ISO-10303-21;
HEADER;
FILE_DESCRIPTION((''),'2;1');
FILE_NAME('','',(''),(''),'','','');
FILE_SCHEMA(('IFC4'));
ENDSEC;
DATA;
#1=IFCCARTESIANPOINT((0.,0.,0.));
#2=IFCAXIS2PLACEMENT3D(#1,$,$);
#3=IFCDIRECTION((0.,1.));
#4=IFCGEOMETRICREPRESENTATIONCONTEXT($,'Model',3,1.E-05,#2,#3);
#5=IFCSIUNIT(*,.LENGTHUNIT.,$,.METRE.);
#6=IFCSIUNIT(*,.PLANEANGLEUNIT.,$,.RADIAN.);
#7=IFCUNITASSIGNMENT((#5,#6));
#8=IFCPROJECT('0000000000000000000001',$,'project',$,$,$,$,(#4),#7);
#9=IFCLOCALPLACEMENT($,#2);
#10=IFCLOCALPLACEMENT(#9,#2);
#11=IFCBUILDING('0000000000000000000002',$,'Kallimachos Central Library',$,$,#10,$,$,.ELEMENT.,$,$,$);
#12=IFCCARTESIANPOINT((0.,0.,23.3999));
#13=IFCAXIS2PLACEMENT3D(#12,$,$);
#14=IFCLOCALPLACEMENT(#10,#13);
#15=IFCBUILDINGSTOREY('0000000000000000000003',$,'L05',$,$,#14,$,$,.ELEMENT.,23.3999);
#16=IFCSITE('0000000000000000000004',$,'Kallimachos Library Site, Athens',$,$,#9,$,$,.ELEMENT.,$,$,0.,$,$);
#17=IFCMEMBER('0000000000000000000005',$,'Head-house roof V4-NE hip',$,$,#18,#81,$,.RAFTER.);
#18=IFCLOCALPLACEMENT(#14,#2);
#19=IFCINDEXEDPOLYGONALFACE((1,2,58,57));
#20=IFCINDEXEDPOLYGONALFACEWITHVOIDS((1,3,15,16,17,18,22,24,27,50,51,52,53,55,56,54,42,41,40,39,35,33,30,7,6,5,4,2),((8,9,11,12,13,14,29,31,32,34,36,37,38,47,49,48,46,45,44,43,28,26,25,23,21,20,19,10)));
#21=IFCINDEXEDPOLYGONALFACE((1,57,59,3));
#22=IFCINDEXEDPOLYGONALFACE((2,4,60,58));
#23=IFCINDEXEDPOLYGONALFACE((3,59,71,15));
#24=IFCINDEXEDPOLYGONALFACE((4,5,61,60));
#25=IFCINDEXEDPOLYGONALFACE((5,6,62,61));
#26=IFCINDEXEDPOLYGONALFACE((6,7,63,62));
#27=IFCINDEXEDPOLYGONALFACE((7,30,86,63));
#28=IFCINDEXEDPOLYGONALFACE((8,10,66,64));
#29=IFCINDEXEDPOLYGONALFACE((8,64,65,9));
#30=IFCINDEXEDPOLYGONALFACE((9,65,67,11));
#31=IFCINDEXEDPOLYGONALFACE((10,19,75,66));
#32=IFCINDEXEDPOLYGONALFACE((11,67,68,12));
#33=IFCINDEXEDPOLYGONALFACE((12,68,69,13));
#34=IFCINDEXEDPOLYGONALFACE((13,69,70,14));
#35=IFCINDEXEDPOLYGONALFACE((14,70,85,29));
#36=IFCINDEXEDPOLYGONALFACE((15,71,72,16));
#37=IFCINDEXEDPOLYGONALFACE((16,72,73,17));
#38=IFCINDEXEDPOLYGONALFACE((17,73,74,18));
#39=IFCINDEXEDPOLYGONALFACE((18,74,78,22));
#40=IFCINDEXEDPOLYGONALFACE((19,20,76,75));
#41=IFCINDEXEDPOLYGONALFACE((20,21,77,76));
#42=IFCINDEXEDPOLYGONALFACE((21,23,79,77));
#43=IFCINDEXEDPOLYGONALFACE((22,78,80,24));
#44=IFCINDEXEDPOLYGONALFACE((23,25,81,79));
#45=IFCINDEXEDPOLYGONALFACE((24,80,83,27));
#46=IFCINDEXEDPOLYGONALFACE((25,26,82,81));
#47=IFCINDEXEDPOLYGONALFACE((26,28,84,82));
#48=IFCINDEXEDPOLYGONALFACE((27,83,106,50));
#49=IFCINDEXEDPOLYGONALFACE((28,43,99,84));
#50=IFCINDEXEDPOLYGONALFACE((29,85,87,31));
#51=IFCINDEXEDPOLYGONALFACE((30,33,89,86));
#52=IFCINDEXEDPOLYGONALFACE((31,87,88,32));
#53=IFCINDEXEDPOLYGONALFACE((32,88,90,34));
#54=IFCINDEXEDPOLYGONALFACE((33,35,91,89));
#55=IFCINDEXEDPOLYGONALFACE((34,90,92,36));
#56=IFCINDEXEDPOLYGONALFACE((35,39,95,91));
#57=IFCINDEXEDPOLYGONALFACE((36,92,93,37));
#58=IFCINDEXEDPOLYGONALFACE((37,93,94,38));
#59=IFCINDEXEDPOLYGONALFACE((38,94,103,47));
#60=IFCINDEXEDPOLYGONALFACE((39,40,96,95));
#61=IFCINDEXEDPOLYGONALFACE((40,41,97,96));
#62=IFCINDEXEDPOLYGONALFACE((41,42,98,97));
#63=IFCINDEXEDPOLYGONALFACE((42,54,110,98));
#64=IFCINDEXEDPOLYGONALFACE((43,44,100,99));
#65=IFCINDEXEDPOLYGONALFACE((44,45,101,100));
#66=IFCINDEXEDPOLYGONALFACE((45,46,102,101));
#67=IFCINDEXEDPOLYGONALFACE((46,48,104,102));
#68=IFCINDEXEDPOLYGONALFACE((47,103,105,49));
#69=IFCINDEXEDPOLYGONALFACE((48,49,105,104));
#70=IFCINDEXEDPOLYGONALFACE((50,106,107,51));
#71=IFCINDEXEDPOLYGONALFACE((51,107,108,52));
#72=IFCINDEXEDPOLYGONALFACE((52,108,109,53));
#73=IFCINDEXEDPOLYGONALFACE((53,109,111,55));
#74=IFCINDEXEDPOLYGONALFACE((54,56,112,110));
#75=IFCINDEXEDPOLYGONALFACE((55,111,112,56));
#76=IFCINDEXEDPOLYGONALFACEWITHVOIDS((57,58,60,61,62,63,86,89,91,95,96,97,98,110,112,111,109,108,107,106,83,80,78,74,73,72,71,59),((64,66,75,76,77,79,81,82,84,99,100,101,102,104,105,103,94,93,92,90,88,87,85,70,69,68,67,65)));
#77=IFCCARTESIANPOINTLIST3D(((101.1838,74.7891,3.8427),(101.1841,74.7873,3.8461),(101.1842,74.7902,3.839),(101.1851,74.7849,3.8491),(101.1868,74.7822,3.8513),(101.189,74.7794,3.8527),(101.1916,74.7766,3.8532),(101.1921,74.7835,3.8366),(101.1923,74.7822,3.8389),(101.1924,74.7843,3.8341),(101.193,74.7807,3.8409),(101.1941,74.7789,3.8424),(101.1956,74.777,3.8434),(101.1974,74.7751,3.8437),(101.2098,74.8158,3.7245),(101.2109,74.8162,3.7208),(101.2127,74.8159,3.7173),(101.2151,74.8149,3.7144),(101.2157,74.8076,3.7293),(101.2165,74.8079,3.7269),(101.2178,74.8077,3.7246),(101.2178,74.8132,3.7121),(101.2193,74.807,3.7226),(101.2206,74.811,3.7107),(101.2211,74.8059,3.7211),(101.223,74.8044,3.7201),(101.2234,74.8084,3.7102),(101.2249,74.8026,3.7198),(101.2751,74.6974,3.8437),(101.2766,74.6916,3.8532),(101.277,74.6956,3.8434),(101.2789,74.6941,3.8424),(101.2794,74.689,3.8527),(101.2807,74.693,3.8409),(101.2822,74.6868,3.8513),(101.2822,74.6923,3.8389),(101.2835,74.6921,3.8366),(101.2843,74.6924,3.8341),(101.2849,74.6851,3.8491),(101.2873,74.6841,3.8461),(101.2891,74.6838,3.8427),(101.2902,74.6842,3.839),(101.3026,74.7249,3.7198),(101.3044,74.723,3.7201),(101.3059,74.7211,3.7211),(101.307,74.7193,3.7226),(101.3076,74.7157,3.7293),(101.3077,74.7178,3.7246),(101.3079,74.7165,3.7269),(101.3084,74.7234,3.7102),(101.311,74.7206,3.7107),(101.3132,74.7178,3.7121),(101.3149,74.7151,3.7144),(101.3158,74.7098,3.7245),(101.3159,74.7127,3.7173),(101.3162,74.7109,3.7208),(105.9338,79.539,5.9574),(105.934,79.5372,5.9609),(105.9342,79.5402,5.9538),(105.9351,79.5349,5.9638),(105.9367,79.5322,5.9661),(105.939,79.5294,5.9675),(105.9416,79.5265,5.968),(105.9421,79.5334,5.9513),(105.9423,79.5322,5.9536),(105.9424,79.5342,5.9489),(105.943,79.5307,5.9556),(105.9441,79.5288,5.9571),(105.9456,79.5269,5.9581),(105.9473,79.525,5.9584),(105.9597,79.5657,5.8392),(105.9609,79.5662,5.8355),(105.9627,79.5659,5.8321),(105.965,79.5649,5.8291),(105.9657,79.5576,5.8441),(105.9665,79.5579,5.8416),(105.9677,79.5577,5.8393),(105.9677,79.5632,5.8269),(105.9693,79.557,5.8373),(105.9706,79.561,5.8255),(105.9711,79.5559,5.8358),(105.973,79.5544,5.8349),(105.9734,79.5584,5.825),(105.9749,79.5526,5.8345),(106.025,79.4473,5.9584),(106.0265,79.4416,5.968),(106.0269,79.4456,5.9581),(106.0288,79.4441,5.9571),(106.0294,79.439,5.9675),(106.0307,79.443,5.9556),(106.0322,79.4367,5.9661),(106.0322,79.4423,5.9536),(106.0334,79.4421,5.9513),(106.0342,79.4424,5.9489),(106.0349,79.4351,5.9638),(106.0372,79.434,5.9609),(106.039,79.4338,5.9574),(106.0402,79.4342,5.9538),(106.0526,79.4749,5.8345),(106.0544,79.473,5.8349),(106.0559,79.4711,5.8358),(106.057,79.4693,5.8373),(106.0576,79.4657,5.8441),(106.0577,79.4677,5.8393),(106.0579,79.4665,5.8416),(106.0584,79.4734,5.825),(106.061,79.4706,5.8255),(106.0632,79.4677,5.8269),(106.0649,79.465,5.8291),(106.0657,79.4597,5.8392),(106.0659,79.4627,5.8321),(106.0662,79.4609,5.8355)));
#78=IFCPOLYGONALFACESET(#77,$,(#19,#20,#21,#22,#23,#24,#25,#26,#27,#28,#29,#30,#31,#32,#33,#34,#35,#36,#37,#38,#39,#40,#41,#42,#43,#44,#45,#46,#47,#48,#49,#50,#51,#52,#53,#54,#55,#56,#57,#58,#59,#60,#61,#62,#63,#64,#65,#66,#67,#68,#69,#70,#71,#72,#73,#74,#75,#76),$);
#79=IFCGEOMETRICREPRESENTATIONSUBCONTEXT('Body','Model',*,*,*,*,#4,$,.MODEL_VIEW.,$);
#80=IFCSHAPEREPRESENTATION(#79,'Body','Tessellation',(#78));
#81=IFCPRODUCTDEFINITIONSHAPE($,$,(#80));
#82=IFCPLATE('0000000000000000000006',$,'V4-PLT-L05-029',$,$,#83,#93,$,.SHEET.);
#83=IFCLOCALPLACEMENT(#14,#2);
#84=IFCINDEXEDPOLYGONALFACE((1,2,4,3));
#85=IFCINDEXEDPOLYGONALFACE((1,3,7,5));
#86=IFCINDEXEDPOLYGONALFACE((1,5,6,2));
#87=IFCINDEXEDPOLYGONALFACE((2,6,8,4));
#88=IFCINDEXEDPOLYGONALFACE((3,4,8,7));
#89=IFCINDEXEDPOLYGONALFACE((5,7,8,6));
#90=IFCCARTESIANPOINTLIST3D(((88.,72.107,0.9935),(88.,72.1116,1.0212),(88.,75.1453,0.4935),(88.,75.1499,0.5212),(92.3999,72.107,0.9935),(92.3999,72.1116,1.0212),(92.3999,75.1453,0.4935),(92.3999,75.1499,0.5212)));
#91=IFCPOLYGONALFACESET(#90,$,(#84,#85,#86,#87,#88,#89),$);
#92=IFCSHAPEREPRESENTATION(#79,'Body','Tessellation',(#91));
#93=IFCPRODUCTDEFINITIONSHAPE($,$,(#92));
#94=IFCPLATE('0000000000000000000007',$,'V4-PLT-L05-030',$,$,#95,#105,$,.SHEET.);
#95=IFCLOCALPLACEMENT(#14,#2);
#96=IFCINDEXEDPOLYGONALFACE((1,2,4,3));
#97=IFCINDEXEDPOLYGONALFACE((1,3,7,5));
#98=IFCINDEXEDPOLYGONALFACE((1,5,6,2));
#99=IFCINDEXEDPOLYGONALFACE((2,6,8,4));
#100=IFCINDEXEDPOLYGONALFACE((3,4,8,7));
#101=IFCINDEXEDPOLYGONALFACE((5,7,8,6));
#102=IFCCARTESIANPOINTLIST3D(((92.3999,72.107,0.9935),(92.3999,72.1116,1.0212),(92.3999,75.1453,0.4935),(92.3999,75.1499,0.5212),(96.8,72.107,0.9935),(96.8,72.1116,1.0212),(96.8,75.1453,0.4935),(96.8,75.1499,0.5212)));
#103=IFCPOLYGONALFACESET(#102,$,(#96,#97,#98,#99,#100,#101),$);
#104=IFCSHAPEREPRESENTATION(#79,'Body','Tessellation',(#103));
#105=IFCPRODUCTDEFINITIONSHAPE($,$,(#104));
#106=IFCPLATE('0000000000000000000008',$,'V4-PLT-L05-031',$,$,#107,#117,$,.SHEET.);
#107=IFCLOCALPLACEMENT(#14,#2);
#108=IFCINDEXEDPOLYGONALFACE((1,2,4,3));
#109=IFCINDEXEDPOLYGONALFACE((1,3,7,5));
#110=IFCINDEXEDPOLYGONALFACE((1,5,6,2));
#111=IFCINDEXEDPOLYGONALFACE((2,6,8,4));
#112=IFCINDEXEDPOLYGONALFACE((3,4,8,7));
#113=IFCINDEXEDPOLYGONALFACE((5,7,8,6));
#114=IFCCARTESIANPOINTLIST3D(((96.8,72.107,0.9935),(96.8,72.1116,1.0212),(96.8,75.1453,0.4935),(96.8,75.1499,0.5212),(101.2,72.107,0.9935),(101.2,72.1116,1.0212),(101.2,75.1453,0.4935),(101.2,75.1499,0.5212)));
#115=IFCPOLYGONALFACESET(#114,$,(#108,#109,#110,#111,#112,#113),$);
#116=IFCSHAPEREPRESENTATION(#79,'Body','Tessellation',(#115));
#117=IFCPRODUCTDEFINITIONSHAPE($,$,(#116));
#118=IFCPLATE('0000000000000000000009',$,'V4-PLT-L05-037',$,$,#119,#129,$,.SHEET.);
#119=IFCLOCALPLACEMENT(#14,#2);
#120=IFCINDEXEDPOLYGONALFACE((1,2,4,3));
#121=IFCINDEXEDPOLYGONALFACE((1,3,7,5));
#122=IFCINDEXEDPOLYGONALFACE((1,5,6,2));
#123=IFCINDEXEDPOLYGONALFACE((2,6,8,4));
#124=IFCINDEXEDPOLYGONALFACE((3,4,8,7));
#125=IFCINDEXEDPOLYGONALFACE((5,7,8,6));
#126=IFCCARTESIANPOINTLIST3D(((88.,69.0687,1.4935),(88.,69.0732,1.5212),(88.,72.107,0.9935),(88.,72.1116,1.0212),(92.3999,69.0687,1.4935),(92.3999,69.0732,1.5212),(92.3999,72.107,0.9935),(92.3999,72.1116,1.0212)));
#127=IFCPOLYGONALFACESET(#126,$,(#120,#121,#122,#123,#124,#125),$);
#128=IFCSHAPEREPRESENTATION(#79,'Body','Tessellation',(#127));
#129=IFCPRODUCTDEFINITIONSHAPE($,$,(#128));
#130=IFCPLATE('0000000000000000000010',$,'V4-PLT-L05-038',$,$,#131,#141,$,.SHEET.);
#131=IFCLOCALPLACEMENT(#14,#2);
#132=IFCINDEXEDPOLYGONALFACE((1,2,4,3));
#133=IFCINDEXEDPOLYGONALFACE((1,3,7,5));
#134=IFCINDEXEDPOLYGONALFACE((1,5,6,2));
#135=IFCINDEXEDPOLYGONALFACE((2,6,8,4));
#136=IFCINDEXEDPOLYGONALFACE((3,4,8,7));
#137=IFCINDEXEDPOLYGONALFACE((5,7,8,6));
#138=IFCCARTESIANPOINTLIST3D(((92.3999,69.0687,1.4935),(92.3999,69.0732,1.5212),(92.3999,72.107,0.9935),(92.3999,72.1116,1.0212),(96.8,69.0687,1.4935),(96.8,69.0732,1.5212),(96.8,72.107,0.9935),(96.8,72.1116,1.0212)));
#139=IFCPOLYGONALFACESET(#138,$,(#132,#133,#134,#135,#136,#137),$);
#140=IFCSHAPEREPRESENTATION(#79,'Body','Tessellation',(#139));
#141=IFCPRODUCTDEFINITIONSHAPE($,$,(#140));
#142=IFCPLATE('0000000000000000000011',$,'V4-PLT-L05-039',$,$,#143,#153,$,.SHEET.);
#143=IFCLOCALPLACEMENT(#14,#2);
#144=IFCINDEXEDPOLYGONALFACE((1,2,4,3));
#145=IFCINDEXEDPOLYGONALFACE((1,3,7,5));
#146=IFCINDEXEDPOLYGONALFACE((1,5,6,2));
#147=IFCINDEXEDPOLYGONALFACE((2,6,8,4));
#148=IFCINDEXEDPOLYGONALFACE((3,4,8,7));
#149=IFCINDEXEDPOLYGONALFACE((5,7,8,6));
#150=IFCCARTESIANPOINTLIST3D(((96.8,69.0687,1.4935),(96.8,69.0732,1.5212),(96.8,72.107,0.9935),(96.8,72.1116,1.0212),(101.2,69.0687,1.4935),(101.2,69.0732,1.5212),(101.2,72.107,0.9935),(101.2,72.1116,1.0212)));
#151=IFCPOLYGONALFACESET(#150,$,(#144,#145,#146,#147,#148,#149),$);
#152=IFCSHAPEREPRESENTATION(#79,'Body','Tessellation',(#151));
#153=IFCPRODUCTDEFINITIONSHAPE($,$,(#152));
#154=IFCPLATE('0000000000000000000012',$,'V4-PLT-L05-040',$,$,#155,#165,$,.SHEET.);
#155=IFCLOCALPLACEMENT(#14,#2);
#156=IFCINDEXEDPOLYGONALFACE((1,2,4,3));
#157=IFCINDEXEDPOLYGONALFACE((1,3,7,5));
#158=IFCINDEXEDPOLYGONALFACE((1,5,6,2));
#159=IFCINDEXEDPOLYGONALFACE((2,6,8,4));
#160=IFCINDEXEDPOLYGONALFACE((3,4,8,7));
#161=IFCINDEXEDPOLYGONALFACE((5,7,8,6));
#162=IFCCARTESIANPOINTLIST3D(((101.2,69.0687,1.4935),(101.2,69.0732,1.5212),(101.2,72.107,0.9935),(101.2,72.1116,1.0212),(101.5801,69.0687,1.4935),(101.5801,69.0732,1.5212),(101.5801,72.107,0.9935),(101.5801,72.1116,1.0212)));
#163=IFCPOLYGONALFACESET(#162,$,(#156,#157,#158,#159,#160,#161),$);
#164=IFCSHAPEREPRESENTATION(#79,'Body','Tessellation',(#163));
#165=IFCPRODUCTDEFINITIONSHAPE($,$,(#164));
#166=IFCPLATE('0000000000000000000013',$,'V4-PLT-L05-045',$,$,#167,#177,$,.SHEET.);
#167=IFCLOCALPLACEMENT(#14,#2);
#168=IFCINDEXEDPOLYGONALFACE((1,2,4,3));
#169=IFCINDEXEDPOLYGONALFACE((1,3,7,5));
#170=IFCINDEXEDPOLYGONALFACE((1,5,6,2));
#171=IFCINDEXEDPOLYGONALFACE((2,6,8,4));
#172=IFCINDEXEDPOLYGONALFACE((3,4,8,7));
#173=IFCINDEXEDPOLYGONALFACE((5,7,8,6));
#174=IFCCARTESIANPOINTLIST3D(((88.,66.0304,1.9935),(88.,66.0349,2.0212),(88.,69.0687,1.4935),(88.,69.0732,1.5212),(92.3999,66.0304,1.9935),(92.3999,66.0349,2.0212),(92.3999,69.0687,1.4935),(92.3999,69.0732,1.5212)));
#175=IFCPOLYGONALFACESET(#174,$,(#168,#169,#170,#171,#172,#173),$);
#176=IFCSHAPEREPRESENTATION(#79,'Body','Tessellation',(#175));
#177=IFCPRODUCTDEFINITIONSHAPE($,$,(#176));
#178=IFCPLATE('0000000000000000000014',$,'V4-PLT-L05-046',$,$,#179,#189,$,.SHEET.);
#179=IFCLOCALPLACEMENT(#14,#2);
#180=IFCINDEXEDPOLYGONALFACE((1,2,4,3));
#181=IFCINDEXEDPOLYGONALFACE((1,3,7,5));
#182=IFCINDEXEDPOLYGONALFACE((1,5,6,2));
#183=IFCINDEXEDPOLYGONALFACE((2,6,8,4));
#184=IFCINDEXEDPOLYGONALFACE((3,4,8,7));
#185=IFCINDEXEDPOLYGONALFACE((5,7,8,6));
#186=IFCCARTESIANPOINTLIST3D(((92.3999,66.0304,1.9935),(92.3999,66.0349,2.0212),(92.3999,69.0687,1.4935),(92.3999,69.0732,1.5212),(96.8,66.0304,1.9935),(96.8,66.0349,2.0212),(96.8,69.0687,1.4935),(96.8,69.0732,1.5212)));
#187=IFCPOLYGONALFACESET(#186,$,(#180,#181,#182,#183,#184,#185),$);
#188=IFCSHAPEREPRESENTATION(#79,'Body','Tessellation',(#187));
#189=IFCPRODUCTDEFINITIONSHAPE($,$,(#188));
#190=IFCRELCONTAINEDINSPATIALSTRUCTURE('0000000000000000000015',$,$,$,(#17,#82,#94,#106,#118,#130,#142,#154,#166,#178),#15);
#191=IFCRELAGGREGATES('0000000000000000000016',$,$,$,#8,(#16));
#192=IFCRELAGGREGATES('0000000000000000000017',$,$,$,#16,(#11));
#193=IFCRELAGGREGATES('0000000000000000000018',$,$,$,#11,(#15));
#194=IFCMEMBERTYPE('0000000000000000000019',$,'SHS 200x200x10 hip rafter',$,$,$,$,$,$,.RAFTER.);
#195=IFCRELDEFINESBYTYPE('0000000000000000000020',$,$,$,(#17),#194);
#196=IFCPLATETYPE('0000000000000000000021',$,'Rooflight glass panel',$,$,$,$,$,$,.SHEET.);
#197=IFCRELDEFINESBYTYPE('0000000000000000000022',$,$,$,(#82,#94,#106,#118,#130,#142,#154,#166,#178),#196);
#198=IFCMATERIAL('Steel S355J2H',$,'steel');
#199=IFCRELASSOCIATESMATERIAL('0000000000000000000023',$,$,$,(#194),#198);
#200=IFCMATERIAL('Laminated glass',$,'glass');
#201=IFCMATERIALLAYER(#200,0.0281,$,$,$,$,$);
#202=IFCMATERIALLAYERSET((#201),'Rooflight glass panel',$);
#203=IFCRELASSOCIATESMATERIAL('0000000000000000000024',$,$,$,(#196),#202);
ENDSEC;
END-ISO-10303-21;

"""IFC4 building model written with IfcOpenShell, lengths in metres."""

from ifc_helpers import new_model, si_unit, direction, frame, origin, origin_2d, place, context, subcontext, project, spatial, polyline, hollow_rectangle, outline, extrude, material, layer, layer_set, material_profile, profile_set, type_object, element, save


model = new_model("IFC4")

# Units and contexts
model_context = context("Model", 3, precision=1e-05, world=origin(), true_north=direction((0.0, 1.0)))
body_context = subcontext(model_context, "Body", "Model", "MODEL_VIEW")
ifc_project = project(units=[si_unit("LENGTHUNIT", "METRE"), si_unit("PLANEANGLEUNIT", "RADIAN")], contexts=[model_context])

# Site, building, storey
site_placement = place(None, origin())
site = spatial("IfcSite", under=ifc_project, at=site_placement, Name="Kallimachos Library Site, Athens", CompositionType="ELEMENT", RefElevation=0.0)
building_placement = place(site_placement, origin())
building = spatial("IfcBuilding", under=site, at=building_placement, Name="Kallimachos Central Library", CompositionType="ELEMENT")
storey_placement = place(building_placement, frame((0.0, 0.0, 23.3999)))
storey = spatial("IfcBuildingStorey", under=building, at=storey_placement, Name="L05", CompositionType="ELEMENT", Elevation=23.3999)

# Member
ifc_material_1 = material(Name="Steel S355J2H", Category="steel")
ifc_material_profile_1 = material_profile(ifc_material_1, hollow_rectangle(XDim=0.1499, YDim=0.1499, WallThickness=0.01, InnerFilletRadius=0.01, OuterFilletRadius=0.0149, at=origin_2d()), Name="SHS 150x150x10")
ifc_profile_set_1 = profile_set([ifc_material_profile_1], Name="Steel S355J2H")
member_type_1 = type_object("IfcMemberType", Name="SHS 200x200x10 hip rafter", PredefinedType="RAFTER", material=ifc_profile_set_1)
member_1_placement = place(storey_placement, frame((101.25, 74.75, 3.7817), z_axis=(0.674474, 0.674474, 0.300282), x_axis=(-0.707107, 0.707107, 0.0)))
element("IfcMember", 1, at=member_1_placement, inside=storey, type_object=member_type_1, Name="Head-house roof V4-NE hip", PredefinedType="RAFTER", context=body_context, shape_type="SweptSolid", body=[
    extrude(hollow_rectangle(XDim=0.1499, YDim=0.1499, WallThickness=0.01, InnerFilletRadius=0.01, OuterFilletRadius=0.0149, at=origin_2d()), origin(), (0.0, 0.0, 1.0), 7.0425),
])

# Plates
ifc_material_2 = material(Name="Laminated glass", Category="glass")
ifc_layer_1 = layer(ifc_material_2, 0.0281)
ifc_layer_set_1 = layer_set([ifc_layer_1], Name="Rooflight glass panel")
plate_type = type_object("IfcPlateType", Name="Rooflight glass panel", PredefinedType="SHEET", material=ifc_layer_set_1)
plate_1_placement = place(storey_placement, frame((88.0, 75.1499, 0.5212), z_axis=(0.0, 0.16238, 0.986728), x_axis=(1.0, 0.0, 0.0)))
element("IfcPlate", 2, at=plate_1_placement, inside=storey, type_object=plate_type, Name="V4-PLT-L05-029", PredefinedType="SHEET", context=body_context, shape_type="SweptSolid", body=[
    extrude(outline(polyline([(0.0, 0.0), (4.3999, 0.0), (4.3999, -3.0792), (0.0, -3.0792), (0.0, 0.0)])), origin(), (0.0, 0.0, -1.0), 0.0281),
])
plate_2_placement = place(storey_placement, frame((92.3999, 75.1499, 0.5212), z_axis=(0.0, 0.16238, 0.986728), x_axis=(1.0, 0.0, 0.0)))
element("IfcPlate", 3, at=plate_2_placement, inside=storey, type_object=plate_type, Name="V4-PLT-L05-030", PredefinedType="SHEET", context=body_context, shape_type="SweptSolid", body=[
    extrude(outline(polyline([(0.0, 0.0), (4.4001, 0.0), (4.4001, -3.0792), (0.0, -3.0792), (0.0, 0.0)])), origin(), (0.0, 0.0, -1.0), 0.0281),
])
for number, where, z_axis, x_axis, name in (
    (4, (96.8, 75.1499, 0.5212), (0.0, 0.16238, 0.986728), (1.0, 0.0, 0.0), "V4-PLT-L05-031"),
    (5, (88.0, 72.1116, 1.0212), (0.0, 0.16238, 0.986728), (1.0, 0.0, 0.0), "V4-PLT-L05-037"),
):
    element("IfcPlate", number, at=place(storey_placement, frame(where, z_axis=z_axis, x_axis=x_axis)), inside=storey, type_object=plate_type, Name=name, PredefinedType="SHEET", context=body_context, shape_type="SweptSolid", body=[
        extrude(outline(polyline([(0.0, 0.0), (4.3999, 0.0), (4.3999, -3.0792), (0.0, -3.0792), (0.0, 0.0)])), origin(), (0.0, 0.0, -1.0), 0.0281),
    ])
plate_3_placement = place(storey_placement, frame((92.3999, 72.1116, 1.0212), z_axis=(0.0, 0.16238, 0.986728), x_axis=(1.0, 0.0, 0.0)))
element("IfcPlate", 6, at=plate_3_placement, inside=storey, type_object=plate_type, Name="V4-PLT-L05-038", PredefinedType="SHEET", context=body_context, shape_type="SweptSolid", body=[
    extrude(outline(polyline([(0.0, 0.0), (4.4001, 0.0), (4.4001, -3.0792), (0.0, -3.0792), (0.0, 0.0)])), origin(), (0.0, 0.0, -1.0), 0.0281),
])
plate_4_placement = place(storey_placement, frame((96.8, 72.1116, 1.0212), z_axis=(0.0, 0.16238, 0.986728), x_axis=(1.0, 0.0, 0.0)))
element("IfcPlate", 7, at=plate_4_placement, inside=storey, type_object=plate_type, Name="V4-PLT-L05-039", PredefinedType="SHEET", context=body_context, shape_type="SweptSolid", body=[
    extrude(outline(polyline([(0.0, 0.0), (4.3999, 0.0), (4.3999, -3.0792), (0.0, -3.0792), (0.0, 0.0)])), origin(), (0.0, 0.0, -1.0), 0.0281),
])
plate_5_placement = place(storey_placement, frame((101.2, 72.1116, 1.0212), z_axis=(0.0, 0.16238, 0.986728), x_axis=(1.0, 0.0, 0.0)))
element("IfcPlate", 8, at=plate_5_placement, inside=storey, type_object=plate_type, Name="V4-PLT-L05-040", PredefinedType="SHEET", context=body_context, shape_type="SweptSolid", body=[
    extrude(outline(polyline([(0.0, 0.0), (0.3801, 0.0), (0.3801, -3.0792), (0.0, -3.0792), (0.0, 0.0)])), origin(), (0.0, 0.0, -1.0), 0.0281),
])
plate_6_placement = place(storey_placement, frame((88.0, 69.0732, 1.5212), z_axis=(0.0, 0.16238, 0.986728), x_axis=(1.0, 0.0, 0.0)))
element("IfcPlate", 9, at=plate_6_placement, inside=storey, type_object=plate_type, Name="V4-PLT-L05-045", PredefinedType="SHEET", context=body_context, shape_type="SweptSolid", body=[
    extrude(outline(polyline([(0.0, 0.0), (4.3999, 0.0), (4.3999, -3.0792), (0.0, -3.0792), (0.0, 0.0)])), origin(), (0.0, 0.0, -1.0), 0.0281),
])
plate_7_placement = place(storey_placement, frame((92.3999, 69.0732, 1.5212), z_axis=(0.0, 0.16238, 0.986728), x_axis=(1.0, 0.0, 0.0)))
element("IfcPlate", 10, at=plate_7_placement, inside=storey, type_object=plate_type, Name="V4-PLT-L05-046", PredefinedType="SHEET", context=body_context, shape_type="SweptSolid", body=[
    extrude(outline(polyline([(0.0, 0.0), (4.4001, 0.0), (4.4001, -3.0792), (0.0, -3.0792), (0.0, 0.0)])), origin(), (0.0, 0.0, -1.0), 0.0281),
])

save(model, "model.ifc")
